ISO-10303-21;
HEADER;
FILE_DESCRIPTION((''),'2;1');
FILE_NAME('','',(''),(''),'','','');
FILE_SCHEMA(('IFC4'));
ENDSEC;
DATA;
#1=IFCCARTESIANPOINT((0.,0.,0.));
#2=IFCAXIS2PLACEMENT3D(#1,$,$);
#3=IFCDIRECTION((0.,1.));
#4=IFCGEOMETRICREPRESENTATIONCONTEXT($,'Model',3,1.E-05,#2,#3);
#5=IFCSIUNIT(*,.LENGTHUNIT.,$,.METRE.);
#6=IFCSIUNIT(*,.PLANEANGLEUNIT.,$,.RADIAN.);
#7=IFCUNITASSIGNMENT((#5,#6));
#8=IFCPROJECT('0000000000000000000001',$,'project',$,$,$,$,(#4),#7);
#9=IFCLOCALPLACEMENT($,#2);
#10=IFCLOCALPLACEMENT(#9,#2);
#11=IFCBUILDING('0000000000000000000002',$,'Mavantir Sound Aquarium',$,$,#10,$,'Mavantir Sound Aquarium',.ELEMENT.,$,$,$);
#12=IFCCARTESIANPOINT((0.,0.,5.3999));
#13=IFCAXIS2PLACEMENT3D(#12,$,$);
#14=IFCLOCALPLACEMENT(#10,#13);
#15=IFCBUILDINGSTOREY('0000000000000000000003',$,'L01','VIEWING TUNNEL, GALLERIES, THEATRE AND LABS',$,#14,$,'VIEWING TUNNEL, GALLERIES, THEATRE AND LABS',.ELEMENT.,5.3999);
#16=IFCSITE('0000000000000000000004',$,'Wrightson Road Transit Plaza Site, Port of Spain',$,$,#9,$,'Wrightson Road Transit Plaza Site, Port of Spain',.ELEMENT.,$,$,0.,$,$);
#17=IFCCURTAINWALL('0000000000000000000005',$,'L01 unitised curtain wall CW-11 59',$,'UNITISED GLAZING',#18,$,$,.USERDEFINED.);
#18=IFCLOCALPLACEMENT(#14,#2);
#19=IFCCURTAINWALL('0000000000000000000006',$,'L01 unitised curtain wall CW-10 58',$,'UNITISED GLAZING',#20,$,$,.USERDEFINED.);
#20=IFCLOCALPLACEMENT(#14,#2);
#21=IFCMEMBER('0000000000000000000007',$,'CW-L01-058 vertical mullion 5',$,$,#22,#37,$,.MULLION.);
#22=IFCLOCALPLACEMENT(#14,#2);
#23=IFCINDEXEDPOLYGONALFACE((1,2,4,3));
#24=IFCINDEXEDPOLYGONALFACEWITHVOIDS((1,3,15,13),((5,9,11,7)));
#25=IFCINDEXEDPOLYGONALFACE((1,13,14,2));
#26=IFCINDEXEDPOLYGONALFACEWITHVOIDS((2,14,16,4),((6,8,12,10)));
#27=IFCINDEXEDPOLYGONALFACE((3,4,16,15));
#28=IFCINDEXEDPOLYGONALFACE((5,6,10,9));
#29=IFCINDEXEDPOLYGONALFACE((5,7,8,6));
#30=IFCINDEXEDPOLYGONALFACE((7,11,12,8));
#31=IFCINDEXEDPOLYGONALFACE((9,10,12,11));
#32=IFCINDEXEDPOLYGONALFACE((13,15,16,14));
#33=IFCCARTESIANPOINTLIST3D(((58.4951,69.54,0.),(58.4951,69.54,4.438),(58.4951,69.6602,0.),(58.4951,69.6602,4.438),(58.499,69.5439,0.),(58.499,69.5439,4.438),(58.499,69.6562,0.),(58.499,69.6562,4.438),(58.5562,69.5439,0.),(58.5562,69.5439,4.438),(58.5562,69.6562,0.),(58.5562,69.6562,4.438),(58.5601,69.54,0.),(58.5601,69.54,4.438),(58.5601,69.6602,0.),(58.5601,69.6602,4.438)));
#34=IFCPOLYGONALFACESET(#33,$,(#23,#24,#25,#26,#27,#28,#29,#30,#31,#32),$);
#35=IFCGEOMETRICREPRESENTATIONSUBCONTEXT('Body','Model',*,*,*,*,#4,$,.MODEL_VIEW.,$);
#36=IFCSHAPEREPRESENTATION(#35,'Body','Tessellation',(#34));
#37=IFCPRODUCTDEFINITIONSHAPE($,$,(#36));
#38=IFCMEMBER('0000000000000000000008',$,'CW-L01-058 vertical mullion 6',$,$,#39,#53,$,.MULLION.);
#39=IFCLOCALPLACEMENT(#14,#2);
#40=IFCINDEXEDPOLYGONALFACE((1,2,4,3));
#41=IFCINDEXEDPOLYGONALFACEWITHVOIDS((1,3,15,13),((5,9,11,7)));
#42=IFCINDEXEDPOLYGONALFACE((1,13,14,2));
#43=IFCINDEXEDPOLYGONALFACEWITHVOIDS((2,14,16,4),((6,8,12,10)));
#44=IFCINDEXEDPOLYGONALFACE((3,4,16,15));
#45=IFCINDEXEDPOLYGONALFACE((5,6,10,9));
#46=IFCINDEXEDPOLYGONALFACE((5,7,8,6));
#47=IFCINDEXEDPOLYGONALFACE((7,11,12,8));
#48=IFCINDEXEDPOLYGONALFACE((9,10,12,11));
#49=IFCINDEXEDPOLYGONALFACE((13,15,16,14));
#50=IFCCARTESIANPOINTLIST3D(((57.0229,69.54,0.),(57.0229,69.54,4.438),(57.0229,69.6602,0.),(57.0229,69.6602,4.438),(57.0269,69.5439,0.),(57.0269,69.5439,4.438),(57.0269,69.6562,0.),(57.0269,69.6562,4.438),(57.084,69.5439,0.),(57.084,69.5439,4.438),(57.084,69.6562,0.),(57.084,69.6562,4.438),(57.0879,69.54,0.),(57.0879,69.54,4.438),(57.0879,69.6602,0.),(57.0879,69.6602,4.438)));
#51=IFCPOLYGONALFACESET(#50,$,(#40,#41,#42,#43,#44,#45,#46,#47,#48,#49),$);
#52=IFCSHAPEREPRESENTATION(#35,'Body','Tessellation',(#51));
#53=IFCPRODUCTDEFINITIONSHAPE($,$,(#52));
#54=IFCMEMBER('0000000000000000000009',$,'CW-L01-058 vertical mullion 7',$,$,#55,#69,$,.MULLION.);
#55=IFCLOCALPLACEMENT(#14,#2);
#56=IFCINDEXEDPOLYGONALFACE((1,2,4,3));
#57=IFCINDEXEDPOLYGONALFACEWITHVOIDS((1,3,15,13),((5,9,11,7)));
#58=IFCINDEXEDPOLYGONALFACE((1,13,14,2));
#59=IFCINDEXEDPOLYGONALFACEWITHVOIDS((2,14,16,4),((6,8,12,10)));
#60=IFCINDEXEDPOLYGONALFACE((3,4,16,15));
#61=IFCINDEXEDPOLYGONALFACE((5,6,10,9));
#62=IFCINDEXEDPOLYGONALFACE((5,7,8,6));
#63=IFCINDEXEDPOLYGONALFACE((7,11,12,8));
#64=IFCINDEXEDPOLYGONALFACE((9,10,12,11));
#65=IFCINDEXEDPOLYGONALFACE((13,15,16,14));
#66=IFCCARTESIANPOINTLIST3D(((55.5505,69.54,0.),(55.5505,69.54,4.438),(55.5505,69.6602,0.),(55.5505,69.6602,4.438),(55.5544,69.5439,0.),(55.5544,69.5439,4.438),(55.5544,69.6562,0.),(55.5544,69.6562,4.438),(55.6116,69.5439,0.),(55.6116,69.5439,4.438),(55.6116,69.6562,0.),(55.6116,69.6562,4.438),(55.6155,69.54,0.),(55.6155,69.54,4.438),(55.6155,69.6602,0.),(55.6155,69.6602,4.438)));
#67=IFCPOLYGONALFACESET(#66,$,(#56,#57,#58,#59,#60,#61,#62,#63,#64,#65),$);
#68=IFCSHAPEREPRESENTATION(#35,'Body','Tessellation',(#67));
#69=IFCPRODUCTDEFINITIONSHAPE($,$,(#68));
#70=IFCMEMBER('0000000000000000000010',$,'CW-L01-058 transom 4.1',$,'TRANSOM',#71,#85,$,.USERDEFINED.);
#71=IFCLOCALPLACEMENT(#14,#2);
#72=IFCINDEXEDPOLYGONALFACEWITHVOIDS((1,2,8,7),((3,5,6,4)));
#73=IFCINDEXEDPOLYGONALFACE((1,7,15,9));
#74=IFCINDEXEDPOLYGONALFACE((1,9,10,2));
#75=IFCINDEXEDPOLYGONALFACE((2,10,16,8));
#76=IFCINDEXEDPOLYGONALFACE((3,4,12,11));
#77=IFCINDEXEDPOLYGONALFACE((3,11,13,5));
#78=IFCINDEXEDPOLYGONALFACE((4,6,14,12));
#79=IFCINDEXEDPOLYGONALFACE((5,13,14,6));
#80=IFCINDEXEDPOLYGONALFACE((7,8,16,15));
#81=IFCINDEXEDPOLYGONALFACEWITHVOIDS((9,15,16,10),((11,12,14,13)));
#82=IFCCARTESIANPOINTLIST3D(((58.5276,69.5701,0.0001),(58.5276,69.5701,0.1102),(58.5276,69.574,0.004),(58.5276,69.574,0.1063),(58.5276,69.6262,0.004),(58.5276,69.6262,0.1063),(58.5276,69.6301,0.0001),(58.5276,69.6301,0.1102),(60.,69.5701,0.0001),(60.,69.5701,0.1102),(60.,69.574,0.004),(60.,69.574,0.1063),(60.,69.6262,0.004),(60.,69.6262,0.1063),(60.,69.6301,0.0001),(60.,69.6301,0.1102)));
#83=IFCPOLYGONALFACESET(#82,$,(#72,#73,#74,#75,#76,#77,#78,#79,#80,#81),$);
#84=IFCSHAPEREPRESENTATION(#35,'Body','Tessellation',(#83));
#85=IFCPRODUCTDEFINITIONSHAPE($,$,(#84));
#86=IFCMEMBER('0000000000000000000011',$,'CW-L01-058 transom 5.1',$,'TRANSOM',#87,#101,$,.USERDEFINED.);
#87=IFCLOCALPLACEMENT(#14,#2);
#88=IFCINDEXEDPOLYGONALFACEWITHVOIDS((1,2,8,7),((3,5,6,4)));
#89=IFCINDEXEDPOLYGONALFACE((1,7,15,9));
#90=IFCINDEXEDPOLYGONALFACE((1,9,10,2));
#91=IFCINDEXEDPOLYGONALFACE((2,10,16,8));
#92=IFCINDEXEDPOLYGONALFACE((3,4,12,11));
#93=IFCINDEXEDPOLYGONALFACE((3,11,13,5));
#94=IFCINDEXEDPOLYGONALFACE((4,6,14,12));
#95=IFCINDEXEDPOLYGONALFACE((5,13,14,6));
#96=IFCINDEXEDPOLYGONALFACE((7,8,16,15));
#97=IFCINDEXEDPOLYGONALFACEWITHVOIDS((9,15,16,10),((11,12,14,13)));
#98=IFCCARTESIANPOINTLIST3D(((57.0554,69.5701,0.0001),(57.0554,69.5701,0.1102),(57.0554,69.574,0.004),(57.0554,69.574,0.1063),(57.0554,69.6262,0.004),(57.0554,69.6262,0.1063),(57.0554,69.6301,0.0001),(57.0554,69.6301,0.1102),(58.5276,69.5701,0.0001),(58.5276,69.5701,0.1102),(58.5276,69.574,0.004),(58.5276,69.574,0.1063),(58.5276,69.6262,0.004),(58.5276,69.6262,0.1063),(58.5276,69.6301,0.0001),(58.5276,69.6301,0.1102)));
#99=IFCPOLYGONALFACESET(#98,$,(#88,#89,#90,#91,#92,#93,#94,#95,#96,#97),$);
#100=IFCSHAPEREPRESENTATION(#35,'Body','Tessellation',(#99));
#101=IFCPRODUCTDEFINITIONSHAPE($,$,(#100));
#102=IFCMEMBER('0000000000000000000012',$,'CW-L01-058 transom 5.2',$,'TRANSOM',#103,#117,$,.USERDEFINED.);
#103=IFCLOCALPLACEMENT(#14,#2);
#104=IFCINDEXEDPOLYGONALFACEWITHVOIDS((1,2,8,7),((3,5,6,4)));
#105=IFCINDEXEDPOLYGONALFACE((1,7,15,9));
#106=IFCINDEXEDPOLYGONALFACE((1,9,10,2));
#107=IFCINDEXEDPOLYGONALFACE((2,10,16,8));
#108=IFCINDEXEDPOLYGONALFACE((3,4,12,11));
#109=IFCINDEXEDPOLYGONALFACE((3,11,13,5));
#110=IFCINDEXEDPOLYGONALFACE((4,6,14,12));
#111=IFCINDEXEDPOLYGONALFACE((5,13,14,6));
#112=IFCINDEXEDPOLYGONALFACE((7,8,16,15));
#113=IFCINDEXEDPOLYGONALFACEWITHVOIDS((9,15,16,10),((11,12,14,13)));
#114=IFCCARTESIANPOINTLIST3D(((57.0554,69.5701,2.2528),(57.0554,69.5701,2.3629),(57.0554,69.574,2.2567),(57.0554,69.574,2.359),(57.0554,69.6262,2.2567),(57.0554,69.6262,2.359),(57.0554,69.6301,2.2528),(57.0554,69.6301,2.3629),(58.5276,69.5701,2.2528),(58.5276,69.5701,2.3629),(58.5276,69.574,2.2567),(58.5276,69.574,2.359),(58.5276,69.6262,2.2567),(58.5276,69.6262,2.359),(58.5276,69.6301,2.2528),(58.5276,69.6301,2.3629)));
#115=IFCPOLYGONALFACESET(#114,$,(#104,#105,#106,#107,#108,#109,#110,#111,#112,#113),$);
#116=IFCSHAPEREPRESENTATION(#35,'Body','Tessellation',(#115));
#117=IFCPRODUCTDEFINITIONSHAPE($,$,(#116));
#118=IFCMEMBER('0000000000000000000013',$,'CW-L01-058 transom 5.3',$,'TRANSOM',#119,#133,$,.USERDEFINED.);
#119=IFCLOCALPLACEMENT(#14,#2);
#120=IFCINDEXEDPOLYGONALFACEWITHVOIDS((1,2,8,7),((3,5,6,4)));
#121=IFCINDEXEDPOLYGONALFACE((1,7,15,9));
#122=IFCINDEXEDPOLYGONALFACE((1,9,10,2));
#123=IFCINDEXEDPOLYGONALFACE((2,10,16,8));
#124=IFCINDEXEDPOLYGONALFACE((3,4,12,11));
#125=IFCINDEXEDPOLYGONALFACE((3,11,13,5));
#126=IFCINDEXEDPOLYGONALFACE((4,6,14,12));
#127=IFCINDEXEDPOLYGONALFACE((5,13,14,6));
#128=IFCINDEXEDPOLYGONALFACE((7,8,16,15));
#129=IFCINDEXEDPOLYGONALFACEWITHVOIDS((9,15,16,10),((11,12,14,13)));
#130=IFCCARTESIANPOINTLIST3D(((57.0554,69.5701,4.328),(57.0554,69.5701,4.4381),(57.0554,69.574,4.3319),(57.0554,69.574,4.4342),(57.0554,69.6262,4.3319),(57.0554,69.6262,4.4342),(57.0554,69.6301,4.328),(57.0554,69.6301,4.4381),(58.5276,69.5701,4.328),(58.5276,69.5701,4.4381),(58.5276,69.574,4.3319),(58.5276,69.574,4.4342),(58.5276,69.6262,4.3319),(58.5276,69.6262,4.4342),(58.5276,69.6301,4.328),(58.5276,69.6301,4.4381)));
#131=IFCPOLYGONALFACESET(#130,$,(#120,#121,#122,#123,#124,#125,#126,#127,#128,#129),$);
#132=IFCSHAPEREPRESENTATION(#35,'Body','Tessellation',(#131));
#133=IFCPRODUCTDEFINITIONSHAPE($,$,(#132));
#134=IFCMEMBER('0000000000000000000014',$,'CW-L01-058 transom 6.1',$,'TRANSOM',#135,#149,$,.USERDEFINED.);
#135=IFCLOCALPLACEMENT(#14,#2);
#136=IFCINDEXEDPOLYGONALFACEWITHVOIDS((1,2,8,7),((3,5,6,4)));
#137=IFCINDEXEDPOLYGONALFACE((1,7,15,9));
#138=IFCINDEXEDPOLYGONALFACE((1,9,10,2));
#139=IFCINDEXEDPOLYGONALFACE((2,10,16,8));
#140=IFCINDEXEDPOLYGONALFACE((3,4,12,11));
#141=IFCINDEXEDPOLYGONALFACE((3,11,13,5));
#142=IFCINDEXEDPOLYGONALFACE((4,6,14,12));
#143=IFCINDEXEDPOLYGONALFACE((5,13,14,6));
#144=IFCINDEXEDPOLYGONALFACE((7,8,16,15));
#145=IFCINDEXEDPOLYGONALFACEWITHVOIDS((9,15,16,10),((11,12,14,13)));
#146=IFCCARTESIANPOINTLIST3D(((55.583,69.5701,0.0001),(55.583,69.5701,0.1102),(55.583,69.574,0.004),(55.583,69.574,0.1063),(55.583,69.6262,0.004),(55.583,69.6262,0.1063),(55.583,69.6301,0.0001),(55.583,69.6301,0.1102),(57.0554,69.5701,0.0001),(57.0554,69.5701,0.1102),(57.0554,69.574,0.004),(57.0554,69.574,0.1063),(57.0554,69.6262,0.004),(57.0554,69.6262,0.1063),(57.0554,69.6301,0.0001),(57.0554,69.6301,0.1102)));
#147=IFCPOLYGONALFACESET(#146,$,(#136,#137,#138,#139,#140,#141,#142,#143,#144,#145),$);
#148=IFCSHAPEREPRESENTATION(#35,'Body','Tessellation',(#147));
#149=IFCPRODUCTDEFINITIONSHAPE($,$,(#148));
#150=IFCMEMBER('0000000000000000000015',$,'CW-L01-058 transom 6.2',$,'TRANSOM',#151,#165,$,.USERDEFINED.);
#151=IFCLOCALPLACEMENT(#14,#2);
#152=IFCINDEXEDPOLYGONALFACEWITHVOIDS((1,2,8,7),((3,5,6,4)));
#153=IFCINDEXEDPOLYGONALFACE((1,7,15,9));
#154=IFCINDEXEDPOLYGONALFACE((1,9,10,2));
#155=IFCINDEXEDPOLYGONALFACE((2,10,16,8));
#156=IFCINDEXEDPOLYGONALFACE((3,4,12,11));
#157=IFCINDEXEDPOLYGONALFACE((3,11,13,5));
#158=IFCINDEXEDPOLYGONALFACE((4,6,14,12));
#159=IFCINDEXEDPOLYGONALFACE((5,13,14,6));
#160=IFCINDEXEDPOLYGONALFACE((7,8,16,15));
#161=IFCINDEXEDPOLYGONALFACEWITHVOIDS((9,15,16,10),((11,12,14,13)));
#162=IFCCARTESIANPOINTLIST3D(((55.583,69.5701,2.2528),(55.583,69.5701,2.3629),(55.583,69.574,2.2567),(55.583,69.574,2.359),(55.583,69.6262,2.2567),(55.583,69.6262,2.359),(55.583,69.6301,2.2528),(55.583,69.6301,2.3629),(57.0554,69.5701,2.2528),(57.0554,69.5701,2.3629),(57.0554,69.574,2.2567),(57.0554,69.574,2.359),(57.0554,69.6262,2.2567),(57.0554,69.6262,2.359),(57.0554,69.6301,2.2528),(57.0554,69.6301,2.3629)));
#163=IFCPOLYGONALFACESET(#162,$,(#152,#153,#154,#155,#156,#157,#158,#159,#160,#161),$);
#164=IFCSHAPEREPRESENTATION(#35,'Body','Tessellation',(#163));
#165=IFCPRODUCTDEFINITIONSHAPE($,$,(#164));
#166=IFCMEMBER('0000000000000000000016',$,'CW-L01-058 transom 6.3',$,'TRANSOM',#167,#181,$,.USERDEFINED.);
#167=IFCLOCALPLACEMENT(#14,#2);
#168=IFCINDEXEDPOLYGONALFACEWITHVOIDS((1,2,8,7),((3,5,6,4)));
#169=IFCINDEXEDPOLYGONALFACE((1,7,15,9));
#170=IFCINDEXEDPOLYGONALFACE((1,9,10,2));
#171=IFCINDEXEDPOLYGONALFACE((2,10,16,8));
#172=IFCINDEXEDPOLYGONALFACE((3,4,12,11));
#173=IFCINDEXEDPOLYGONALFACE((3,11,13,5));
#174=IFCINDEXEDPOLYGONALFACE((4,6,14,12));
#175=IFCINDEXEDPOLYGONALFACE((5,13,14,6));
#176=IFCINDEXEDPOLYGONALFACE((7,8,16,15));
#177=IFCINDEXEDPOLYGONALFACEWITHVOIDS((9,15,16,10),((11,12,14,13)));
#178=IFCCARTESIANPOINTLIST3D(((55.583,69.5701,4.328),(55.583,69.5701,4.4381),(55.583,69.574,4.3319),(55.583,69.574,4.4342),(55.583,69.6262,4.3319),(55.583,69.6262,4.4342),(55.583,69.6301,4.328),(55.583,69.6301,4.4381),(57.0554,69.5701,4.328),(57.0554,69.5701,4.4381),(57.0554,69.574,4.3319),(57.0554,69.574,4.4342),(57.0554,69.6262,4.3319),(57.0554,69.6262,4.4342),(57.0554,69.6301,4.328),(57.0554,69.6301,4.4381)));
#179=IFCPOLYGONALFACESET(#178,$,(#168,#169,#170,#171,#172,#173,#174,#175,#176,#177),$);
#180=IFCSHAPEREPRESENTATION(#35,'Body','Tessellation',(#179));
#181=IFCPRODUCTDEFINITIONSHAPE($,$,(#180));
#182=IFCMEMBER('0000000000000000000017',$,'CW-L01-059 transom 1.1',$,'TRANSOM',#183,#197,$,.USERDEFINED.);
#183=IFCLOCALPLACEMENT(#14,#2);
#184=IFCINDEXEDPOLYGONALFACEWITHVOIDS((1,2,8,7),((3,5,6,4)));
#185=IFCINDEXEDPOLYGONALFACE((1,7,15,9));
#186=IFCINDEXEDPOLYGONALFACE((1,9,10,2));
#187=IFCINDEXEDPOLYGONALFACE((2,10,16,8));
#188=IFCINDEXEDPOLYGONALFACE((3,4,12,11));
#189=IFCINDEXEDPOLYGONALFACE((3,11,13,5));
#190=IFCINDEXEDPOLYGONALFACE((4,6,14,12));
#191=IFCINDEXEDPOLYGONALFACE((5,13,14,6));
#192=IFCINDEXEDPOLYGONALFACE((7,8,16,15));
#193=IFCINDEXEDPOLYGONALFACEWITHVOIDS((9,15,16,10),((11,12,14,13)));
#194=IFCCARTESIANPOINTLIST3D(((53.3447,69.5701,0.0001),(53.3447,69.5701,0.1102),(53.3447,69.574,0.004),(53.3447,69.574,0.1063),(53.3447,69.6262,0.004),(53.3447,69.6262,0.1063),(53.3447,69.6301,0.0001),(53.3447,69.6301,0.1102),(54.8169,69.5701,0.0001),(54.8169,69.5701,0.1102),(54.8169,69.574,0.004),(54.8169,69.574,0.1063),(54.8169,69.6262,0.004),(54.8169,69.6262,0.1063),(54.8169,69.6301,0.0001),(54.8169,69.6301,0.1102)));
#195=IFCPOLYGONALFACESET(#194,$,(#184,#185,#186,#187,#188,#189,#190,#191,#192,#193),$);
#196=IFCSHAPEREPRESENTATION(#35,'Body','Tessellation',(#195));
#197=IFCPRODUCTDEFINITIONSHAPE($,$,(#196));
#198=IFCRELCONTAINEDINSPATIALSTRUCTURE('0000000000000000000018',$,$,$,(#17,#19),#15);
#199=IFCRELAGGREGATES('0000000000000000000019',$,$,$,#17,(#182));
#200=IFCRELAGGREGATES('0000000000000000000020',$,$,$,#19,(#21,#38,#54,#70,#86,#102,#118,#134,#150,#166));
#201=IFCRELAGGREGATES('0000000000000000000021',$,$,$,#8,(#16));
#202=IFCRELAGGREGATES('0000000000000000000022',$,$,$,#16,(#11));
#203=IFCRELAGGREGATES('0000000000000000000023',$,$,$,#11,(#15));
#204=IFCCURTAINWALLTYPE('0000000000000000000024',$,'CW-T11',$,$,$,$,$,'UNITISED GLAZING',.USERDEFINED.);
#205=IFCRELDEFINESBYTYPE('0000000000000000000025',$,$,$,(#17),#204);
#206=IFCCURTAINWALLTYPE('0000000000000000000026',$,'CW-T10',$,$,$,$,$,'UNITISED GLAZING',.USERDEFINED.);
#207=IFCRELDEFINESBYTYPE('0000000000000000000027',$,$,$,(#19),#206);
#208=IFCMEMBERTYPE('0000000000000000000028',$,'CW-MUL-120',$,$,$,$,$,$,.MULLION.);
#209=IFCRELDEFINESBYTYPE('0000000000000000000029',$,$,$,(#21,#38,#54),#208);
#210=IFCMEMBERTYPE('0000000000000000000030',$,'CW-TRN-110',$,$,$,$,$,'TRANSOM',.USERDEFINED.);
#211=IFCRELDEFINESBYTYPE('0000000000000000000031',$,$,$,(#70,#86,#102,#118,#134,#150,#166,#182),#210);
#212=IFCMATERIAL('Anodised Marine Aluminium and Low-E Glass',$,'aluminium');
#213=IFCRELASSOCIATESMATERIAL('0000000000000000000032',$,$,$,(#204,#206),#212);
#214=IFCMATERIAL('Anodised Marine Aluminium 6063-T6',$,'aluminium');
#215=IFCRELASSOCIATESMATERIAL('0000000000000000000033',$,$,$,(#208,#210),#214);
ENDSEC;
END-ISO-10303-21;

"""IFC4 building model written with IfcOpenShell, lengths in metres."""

from ifc_helpers import new_model, si_unit, direction, frame, origin, origin_2d, place, context, subcontext, project, spatial, hollow_rectangle, extrude, material, material_profile, profile_set, type_object, element, aggregate, save


model = new_model("IFC4")

# Units and contexts
model_context = context("Model", 3, precision=1e-05, world=origin(), true_north=direction((0.0, 1.0)))
body_context = subcontext(model_context, "Body", "Model", "MODEL_VIEW")
ifc_project = project(units=[si_unit("LENGTHUNIT", "METRE"), si_unit("PLANEANGLEUNIT", "RADIAN")], contexts=[model_context])

# Site, building, storey
site_placement = place(None, origin())
site = spatial("IfcSite", under=ifc_project, at=site_placement, Name="Wrightson Road Transit Plaza Site, Port of Spain", LongName="Wrightson Road Transit Plaza Site, Port of Spain", CompositionType="ELEMENT", RefElevation=0.0)
building_placement = place(site_placement, origin())
building = spatial("IfcBuilding", under=site, at=building_placement, Name="Mavantir Sound Aquarium", LongName="Mavantir Sound Aquarium", CompositionType="ELEMENT")
storey_placement = place(building_placement, frame((0.0, 0.0, 5.3999)))
storey = spatial("IfcBuildingStorey", under=building, at=storey_placement, Name="L01", Description="VIEWING TUNNEL, GALLERIES, THEATRE AND LABS", LongName="VIEWING TUNNEL, GALLERIES, THEATRE AND LABS", CompositionType="ELEMENT", Elevation=5.3999)

# Curtain wall
ifc_material_1 = material(Name="Anodised Marine Aluminium and Low-E Glass", Category="aluminium")
curtain_wall_type_1 = type_object("IfcCurtainWallType", Name="CW-T11", ElementType="UNITISED GLAZING", PredefinedType="USERDEFINED", material=ifc_material_1)
curtain_wall_1_placement = place(storey_placement, origin())
curtain_wall_1 = element("IfcCurtainWall", 1, at=curtain_wall_1_placement, inside=storey, type_object=curtain_wall_type_1, Name="L01 unitised curtain wall CW-11 59", ObjectType="UNITISED GLAZING", PredefinedType="USERDEFINED")
ifc_material_2 = material(Name="Anodised Marine Aluminium 6063-T6", Category="aluminium")

# Curtain wall, members
curtain_wall_type_2 = type_object("IfcCurtainWallType", Name="CW-T10", ElementType="UNITISED GLAZING", PredefinedType="USERDEFINED", material=ifc_material_1)
curtain_wall_2_placement = place(storey_placement, origin())
curtain_wall_2 = element("IfcCurtainWall", 2, at=curtain_wall_2_placement, inside=storey, type_object=curtain_wall_type_2, Name="L01 unitised curtain wall CW-10 58", ObjectType="UNITISED GLAZING", PredefinedType="USERDEFINED")
ifc_material_profile_1 = material_profile(ifc_material_2, hollow_rectangle(XDim=0.0649, YDim=0.1201, WallThickness=0.0039, at=origin_2d()), Name="ALU-MULLION-120X65")
ifc_profile_set_1 = profile_set([ifc_material_profile_1], Name="Anodised Marine Aluminium 6063-T6")
member_type_1 = type_object("IfcMemberType", Name="CW-MUL-120", PredefinedType="MULLION", material=ifc_profile_set_1)
member_1_placement = place(storey_placement, frame((58.5276, 69.6001, 0.0), z_axis=(0.0, 0.0, 1.0), x_axis=(1.0, 0.0, 0.0)))
member_1 = element("IfcMember", 3, at=member_1_placement, type_object=member_type_1, Name="CW-L01-058 vertical mullion 5", PredefinedType="MULLION", context=body_context, shape_type="SweptSolid", body=[
    extrude(hollow_rectangle(XDim=0.0649, YDim=0.1201, WallThickness=0.0039, at=origin_2d()), origin(), (0.0, 0.0, 1.0), 4.438),
])
member_2_placement = place(storey_placement, frame((57.0554, 69.6001, 0.0), z_axis=(0.0, 0.0, 1.0), x_axis=(1.0, 0.0, 0.0)))
member_2 = element("IfcMember", 4, at=member_2_placement, type_object=member_type_1, Name="CW-L01-058 vertical mullion 6", PredefinedType="MULLION", context=body_context, shape_type="SweptSolid", body=[
    extrude(hollow_rectangle(XDim=0.0649, YDim=0.1201, WallThickness=0.0039, at=origin_2d()), origin(), (0.0, 0.0, 1.0), 4.438),
])
member_3_placement = place(storey_placement, frame((55.583, 69.6001, 0.0), z_axis=(0.0, 0.0, 1.0), x_axis=(1.0, 0.0, 0.0)))
member_3 = element("IfcMember", 5, at=member_3_placement, type_object=member_type_1, Name="CW-L01-058 vertical mullion 7", PredefinedType="MULLION", context=body_context, shape_type="SweptSolid", body=[
    extrude(hollow_rectangle(XDim=0.0649, YDim=0.1201, WallThickness=0.0039, at=origin_2d()), origin(), (0.0, 0.0, 1.0), 4.438),
])
ifc_material_profile_2 = material_profile(ifc_material_2, hollow_rectangle(XDim=0.0601, YDim=0.1101, WallThickness=0.0039, at=origin_2d()), Name="ALU-TRANSOM-110X60")
ifc_profile_set_2 = profile_set([ifc_material_profile_2], Name="Anodised Marine Aluminium 6063-T6")
member_type_2 = type_object("IfcMemberType", Name="CW-TRN-110", ElementType="TRANSOM", PredefinedType="USERDEFINED", material=ifc_profile_set_2)
member_4_placement = place(storey_placement, frame((60.0, 69.6001, 0.0552), z_axis=(-1.0, 0.0, 0.0), x_axis=(0.0, -1.0, 0.0)))
member_4 = element("IfcMember", 6, at=member_4_placement, type_object=member_type_2, Name="CW-L01-058 transom 4.1", ObjectType="TRANSOM", PredefinedType="USERDEFINED", context=body_context, shape_type="SweptSolid", body=[
    extrude(hollow_rectangle(XDim=0.0601, YDim=0.1101, WallThickness=0.0039, at=origin_2d()), origin(), (0.0, 0.0, 1.0), 1.4724),
])
member_5_placement = place(storey_placement, frame((58.5276, 69.6001, 0.0552), z_axis=(-1.0, 0.0, 0.0), x_axis=(0.0, -1.0, 0.0)))
member_5 = element("IfcMember", 7, at=member_5_placement, type_object=member_type_2, Name="CW-L01-058 transom 5.1", ObjectType="TRANSOM", PredefinedType="USERDEFINED", context=body_context, shape_type="SweptSolid", body=[
    extrude(hollow_rectangle(XDim=0.0601, YDim=0.1101, WallThickness=0.0039, at=origin_2d()), origin(), (0.0, 0.0, 1.0), 1.4722),
])
member_6_placement = place(storey_placement, frame((58.5276, 69.6001, 2.3079), z_axis=(-1.0, 0.0, 0.0), x_axis=(0.0, -1.0, 0.0)))
member_6 = element("IfcMember", 8, at=member_6_placement, type_object=member_type_2, Name="CW-L01-058 transom 5.2", ObjectType="TRANSOM", PredefinedType="USERDEFINED", context=body_context, shape_type="SweptSolid", body=[
    extrude(hollow_rectangle(XDim=0.0601, YDim=0.1101, WallThickness=0.0039, at=origin_2d()), origin(), (0.0, 0.0, 1.0), 1.4722),
])
member_7_placement = place(storey_placement, frame((58.5276, 69.6001, 4.3831), z_axis=(-1.0, 0.0, 0.0), x_axis=(0.0, -1.0, 0.0)))
member_7 = element("IfcMember", 9, at=member_7_placement, type_object=member_type_2, Name="CW-L01-058 transom 5.3", ObjectType="TRANSOM", PredefinedType="USERDEFINED", context=body_context, shape_type="SweptSolid", body=[
    extrude(hollow_rectangle(XDim=0.0601, YDim=0.1101, WallThickness=0.0039, at=origin_2d()), origin(), (0.0, 0.0, 1.0), 1.4722),
])
member_8_placement = place(storey_placement, frame((57.0554, 69.6001, 0.0552), z_axis=(-1.0, 0.0, 0.0), x_axis=(0.0, -1.0, 0.0)))
member_8 = element("IfcMember", 10, at=member_8_placement, type_object=member_type_2, Name="CW-L01-058 transom 6.1", ObjectType="TRANSOM", PredefinedType="USERDEFINED", context=body_context, shape_type="SweptSolid", body=[
    extrude(hollow_rectangle(XDim=0.0601, YDim=0.1101, WallThickness=0.0039, at=origin_2d()), origin(), (0.0, 0.0, 1.0), 1.4724),
])
member_9_placement = place(storey_placement, frame((57.0554, 69.6001, 2.3079), z_axis=(-1.0, 0.0, 0.0), x_axis=(0.0, -1.0, 0.0)))
member_9 = element("IfcMember", 11, at=member_9_placement, type_object=member_type_2, Name="CW-L01-058 transom 6.2", ObjectType="TRANSOM", PredefinedType="USERDEFINED", context=body_context, shape_type="SweptSolid", body=[
    extrude(hollow_rectangle(XDim=0.0601, YDim=0.1101, WallThickness=0.0039, at=origin_2d()), origin(), (0.0, 0.0, 1.0), 1.4724),
])
member_10_placement = place(storey_placement, frame((57.0554, 69.6001, 4.3831), z_axis=(-1.0, 0.0, 0.0), x_axis=(0.0, -1.0, 0.0)))
member_10 = element("IfcMember", 12, at=member_10_placement, type_object=member_type_2, Name="CW-L01-058 transom 6.3", ObjectType="TRANSOM", PredefinedType="USERDEFINED", context=body_context, shape_type="SweptSolid", body=[
    extrude(hollow_rectangle(XDim=0.0601, YDim=0.1101, WallThickness=0.0039, at=origin_2d()), origin(), (0.0, 0.0, 1.0), 1.4724),
])

# Member
member_11_placement = place(storey_placement, frame((54.8169, 69.6001, 0.0552), z_axis=(-1.0, 0.0, 0.0), x_axis=(0.0, -1.0, 0.0)))
member_11 = element("IfcMember", 13, at=member_11_placement, type_object=member_type_2, Name="CW-L01-059 transom 1.1", ObjectType="TRANSOM", PredefinedType="USERDEFINED", context=body_context, shape_type="SweptSolid", body=[
    extrude(hollow_rectangle(XDim=0.0601, YDim=0.1101, WallThickness=0.0039, at=origin_2d()), origin(), (0.0, 0.0, 1.0), 1.4722),
])

aggregate(curtain_wall_1, [member_11])
aggregate(curtain_wall_2, [member_1, member_2, member_3, member_4, member_5, member_6, member_7, member_8, member_9, member_10])

save(model, "model.ifc")
